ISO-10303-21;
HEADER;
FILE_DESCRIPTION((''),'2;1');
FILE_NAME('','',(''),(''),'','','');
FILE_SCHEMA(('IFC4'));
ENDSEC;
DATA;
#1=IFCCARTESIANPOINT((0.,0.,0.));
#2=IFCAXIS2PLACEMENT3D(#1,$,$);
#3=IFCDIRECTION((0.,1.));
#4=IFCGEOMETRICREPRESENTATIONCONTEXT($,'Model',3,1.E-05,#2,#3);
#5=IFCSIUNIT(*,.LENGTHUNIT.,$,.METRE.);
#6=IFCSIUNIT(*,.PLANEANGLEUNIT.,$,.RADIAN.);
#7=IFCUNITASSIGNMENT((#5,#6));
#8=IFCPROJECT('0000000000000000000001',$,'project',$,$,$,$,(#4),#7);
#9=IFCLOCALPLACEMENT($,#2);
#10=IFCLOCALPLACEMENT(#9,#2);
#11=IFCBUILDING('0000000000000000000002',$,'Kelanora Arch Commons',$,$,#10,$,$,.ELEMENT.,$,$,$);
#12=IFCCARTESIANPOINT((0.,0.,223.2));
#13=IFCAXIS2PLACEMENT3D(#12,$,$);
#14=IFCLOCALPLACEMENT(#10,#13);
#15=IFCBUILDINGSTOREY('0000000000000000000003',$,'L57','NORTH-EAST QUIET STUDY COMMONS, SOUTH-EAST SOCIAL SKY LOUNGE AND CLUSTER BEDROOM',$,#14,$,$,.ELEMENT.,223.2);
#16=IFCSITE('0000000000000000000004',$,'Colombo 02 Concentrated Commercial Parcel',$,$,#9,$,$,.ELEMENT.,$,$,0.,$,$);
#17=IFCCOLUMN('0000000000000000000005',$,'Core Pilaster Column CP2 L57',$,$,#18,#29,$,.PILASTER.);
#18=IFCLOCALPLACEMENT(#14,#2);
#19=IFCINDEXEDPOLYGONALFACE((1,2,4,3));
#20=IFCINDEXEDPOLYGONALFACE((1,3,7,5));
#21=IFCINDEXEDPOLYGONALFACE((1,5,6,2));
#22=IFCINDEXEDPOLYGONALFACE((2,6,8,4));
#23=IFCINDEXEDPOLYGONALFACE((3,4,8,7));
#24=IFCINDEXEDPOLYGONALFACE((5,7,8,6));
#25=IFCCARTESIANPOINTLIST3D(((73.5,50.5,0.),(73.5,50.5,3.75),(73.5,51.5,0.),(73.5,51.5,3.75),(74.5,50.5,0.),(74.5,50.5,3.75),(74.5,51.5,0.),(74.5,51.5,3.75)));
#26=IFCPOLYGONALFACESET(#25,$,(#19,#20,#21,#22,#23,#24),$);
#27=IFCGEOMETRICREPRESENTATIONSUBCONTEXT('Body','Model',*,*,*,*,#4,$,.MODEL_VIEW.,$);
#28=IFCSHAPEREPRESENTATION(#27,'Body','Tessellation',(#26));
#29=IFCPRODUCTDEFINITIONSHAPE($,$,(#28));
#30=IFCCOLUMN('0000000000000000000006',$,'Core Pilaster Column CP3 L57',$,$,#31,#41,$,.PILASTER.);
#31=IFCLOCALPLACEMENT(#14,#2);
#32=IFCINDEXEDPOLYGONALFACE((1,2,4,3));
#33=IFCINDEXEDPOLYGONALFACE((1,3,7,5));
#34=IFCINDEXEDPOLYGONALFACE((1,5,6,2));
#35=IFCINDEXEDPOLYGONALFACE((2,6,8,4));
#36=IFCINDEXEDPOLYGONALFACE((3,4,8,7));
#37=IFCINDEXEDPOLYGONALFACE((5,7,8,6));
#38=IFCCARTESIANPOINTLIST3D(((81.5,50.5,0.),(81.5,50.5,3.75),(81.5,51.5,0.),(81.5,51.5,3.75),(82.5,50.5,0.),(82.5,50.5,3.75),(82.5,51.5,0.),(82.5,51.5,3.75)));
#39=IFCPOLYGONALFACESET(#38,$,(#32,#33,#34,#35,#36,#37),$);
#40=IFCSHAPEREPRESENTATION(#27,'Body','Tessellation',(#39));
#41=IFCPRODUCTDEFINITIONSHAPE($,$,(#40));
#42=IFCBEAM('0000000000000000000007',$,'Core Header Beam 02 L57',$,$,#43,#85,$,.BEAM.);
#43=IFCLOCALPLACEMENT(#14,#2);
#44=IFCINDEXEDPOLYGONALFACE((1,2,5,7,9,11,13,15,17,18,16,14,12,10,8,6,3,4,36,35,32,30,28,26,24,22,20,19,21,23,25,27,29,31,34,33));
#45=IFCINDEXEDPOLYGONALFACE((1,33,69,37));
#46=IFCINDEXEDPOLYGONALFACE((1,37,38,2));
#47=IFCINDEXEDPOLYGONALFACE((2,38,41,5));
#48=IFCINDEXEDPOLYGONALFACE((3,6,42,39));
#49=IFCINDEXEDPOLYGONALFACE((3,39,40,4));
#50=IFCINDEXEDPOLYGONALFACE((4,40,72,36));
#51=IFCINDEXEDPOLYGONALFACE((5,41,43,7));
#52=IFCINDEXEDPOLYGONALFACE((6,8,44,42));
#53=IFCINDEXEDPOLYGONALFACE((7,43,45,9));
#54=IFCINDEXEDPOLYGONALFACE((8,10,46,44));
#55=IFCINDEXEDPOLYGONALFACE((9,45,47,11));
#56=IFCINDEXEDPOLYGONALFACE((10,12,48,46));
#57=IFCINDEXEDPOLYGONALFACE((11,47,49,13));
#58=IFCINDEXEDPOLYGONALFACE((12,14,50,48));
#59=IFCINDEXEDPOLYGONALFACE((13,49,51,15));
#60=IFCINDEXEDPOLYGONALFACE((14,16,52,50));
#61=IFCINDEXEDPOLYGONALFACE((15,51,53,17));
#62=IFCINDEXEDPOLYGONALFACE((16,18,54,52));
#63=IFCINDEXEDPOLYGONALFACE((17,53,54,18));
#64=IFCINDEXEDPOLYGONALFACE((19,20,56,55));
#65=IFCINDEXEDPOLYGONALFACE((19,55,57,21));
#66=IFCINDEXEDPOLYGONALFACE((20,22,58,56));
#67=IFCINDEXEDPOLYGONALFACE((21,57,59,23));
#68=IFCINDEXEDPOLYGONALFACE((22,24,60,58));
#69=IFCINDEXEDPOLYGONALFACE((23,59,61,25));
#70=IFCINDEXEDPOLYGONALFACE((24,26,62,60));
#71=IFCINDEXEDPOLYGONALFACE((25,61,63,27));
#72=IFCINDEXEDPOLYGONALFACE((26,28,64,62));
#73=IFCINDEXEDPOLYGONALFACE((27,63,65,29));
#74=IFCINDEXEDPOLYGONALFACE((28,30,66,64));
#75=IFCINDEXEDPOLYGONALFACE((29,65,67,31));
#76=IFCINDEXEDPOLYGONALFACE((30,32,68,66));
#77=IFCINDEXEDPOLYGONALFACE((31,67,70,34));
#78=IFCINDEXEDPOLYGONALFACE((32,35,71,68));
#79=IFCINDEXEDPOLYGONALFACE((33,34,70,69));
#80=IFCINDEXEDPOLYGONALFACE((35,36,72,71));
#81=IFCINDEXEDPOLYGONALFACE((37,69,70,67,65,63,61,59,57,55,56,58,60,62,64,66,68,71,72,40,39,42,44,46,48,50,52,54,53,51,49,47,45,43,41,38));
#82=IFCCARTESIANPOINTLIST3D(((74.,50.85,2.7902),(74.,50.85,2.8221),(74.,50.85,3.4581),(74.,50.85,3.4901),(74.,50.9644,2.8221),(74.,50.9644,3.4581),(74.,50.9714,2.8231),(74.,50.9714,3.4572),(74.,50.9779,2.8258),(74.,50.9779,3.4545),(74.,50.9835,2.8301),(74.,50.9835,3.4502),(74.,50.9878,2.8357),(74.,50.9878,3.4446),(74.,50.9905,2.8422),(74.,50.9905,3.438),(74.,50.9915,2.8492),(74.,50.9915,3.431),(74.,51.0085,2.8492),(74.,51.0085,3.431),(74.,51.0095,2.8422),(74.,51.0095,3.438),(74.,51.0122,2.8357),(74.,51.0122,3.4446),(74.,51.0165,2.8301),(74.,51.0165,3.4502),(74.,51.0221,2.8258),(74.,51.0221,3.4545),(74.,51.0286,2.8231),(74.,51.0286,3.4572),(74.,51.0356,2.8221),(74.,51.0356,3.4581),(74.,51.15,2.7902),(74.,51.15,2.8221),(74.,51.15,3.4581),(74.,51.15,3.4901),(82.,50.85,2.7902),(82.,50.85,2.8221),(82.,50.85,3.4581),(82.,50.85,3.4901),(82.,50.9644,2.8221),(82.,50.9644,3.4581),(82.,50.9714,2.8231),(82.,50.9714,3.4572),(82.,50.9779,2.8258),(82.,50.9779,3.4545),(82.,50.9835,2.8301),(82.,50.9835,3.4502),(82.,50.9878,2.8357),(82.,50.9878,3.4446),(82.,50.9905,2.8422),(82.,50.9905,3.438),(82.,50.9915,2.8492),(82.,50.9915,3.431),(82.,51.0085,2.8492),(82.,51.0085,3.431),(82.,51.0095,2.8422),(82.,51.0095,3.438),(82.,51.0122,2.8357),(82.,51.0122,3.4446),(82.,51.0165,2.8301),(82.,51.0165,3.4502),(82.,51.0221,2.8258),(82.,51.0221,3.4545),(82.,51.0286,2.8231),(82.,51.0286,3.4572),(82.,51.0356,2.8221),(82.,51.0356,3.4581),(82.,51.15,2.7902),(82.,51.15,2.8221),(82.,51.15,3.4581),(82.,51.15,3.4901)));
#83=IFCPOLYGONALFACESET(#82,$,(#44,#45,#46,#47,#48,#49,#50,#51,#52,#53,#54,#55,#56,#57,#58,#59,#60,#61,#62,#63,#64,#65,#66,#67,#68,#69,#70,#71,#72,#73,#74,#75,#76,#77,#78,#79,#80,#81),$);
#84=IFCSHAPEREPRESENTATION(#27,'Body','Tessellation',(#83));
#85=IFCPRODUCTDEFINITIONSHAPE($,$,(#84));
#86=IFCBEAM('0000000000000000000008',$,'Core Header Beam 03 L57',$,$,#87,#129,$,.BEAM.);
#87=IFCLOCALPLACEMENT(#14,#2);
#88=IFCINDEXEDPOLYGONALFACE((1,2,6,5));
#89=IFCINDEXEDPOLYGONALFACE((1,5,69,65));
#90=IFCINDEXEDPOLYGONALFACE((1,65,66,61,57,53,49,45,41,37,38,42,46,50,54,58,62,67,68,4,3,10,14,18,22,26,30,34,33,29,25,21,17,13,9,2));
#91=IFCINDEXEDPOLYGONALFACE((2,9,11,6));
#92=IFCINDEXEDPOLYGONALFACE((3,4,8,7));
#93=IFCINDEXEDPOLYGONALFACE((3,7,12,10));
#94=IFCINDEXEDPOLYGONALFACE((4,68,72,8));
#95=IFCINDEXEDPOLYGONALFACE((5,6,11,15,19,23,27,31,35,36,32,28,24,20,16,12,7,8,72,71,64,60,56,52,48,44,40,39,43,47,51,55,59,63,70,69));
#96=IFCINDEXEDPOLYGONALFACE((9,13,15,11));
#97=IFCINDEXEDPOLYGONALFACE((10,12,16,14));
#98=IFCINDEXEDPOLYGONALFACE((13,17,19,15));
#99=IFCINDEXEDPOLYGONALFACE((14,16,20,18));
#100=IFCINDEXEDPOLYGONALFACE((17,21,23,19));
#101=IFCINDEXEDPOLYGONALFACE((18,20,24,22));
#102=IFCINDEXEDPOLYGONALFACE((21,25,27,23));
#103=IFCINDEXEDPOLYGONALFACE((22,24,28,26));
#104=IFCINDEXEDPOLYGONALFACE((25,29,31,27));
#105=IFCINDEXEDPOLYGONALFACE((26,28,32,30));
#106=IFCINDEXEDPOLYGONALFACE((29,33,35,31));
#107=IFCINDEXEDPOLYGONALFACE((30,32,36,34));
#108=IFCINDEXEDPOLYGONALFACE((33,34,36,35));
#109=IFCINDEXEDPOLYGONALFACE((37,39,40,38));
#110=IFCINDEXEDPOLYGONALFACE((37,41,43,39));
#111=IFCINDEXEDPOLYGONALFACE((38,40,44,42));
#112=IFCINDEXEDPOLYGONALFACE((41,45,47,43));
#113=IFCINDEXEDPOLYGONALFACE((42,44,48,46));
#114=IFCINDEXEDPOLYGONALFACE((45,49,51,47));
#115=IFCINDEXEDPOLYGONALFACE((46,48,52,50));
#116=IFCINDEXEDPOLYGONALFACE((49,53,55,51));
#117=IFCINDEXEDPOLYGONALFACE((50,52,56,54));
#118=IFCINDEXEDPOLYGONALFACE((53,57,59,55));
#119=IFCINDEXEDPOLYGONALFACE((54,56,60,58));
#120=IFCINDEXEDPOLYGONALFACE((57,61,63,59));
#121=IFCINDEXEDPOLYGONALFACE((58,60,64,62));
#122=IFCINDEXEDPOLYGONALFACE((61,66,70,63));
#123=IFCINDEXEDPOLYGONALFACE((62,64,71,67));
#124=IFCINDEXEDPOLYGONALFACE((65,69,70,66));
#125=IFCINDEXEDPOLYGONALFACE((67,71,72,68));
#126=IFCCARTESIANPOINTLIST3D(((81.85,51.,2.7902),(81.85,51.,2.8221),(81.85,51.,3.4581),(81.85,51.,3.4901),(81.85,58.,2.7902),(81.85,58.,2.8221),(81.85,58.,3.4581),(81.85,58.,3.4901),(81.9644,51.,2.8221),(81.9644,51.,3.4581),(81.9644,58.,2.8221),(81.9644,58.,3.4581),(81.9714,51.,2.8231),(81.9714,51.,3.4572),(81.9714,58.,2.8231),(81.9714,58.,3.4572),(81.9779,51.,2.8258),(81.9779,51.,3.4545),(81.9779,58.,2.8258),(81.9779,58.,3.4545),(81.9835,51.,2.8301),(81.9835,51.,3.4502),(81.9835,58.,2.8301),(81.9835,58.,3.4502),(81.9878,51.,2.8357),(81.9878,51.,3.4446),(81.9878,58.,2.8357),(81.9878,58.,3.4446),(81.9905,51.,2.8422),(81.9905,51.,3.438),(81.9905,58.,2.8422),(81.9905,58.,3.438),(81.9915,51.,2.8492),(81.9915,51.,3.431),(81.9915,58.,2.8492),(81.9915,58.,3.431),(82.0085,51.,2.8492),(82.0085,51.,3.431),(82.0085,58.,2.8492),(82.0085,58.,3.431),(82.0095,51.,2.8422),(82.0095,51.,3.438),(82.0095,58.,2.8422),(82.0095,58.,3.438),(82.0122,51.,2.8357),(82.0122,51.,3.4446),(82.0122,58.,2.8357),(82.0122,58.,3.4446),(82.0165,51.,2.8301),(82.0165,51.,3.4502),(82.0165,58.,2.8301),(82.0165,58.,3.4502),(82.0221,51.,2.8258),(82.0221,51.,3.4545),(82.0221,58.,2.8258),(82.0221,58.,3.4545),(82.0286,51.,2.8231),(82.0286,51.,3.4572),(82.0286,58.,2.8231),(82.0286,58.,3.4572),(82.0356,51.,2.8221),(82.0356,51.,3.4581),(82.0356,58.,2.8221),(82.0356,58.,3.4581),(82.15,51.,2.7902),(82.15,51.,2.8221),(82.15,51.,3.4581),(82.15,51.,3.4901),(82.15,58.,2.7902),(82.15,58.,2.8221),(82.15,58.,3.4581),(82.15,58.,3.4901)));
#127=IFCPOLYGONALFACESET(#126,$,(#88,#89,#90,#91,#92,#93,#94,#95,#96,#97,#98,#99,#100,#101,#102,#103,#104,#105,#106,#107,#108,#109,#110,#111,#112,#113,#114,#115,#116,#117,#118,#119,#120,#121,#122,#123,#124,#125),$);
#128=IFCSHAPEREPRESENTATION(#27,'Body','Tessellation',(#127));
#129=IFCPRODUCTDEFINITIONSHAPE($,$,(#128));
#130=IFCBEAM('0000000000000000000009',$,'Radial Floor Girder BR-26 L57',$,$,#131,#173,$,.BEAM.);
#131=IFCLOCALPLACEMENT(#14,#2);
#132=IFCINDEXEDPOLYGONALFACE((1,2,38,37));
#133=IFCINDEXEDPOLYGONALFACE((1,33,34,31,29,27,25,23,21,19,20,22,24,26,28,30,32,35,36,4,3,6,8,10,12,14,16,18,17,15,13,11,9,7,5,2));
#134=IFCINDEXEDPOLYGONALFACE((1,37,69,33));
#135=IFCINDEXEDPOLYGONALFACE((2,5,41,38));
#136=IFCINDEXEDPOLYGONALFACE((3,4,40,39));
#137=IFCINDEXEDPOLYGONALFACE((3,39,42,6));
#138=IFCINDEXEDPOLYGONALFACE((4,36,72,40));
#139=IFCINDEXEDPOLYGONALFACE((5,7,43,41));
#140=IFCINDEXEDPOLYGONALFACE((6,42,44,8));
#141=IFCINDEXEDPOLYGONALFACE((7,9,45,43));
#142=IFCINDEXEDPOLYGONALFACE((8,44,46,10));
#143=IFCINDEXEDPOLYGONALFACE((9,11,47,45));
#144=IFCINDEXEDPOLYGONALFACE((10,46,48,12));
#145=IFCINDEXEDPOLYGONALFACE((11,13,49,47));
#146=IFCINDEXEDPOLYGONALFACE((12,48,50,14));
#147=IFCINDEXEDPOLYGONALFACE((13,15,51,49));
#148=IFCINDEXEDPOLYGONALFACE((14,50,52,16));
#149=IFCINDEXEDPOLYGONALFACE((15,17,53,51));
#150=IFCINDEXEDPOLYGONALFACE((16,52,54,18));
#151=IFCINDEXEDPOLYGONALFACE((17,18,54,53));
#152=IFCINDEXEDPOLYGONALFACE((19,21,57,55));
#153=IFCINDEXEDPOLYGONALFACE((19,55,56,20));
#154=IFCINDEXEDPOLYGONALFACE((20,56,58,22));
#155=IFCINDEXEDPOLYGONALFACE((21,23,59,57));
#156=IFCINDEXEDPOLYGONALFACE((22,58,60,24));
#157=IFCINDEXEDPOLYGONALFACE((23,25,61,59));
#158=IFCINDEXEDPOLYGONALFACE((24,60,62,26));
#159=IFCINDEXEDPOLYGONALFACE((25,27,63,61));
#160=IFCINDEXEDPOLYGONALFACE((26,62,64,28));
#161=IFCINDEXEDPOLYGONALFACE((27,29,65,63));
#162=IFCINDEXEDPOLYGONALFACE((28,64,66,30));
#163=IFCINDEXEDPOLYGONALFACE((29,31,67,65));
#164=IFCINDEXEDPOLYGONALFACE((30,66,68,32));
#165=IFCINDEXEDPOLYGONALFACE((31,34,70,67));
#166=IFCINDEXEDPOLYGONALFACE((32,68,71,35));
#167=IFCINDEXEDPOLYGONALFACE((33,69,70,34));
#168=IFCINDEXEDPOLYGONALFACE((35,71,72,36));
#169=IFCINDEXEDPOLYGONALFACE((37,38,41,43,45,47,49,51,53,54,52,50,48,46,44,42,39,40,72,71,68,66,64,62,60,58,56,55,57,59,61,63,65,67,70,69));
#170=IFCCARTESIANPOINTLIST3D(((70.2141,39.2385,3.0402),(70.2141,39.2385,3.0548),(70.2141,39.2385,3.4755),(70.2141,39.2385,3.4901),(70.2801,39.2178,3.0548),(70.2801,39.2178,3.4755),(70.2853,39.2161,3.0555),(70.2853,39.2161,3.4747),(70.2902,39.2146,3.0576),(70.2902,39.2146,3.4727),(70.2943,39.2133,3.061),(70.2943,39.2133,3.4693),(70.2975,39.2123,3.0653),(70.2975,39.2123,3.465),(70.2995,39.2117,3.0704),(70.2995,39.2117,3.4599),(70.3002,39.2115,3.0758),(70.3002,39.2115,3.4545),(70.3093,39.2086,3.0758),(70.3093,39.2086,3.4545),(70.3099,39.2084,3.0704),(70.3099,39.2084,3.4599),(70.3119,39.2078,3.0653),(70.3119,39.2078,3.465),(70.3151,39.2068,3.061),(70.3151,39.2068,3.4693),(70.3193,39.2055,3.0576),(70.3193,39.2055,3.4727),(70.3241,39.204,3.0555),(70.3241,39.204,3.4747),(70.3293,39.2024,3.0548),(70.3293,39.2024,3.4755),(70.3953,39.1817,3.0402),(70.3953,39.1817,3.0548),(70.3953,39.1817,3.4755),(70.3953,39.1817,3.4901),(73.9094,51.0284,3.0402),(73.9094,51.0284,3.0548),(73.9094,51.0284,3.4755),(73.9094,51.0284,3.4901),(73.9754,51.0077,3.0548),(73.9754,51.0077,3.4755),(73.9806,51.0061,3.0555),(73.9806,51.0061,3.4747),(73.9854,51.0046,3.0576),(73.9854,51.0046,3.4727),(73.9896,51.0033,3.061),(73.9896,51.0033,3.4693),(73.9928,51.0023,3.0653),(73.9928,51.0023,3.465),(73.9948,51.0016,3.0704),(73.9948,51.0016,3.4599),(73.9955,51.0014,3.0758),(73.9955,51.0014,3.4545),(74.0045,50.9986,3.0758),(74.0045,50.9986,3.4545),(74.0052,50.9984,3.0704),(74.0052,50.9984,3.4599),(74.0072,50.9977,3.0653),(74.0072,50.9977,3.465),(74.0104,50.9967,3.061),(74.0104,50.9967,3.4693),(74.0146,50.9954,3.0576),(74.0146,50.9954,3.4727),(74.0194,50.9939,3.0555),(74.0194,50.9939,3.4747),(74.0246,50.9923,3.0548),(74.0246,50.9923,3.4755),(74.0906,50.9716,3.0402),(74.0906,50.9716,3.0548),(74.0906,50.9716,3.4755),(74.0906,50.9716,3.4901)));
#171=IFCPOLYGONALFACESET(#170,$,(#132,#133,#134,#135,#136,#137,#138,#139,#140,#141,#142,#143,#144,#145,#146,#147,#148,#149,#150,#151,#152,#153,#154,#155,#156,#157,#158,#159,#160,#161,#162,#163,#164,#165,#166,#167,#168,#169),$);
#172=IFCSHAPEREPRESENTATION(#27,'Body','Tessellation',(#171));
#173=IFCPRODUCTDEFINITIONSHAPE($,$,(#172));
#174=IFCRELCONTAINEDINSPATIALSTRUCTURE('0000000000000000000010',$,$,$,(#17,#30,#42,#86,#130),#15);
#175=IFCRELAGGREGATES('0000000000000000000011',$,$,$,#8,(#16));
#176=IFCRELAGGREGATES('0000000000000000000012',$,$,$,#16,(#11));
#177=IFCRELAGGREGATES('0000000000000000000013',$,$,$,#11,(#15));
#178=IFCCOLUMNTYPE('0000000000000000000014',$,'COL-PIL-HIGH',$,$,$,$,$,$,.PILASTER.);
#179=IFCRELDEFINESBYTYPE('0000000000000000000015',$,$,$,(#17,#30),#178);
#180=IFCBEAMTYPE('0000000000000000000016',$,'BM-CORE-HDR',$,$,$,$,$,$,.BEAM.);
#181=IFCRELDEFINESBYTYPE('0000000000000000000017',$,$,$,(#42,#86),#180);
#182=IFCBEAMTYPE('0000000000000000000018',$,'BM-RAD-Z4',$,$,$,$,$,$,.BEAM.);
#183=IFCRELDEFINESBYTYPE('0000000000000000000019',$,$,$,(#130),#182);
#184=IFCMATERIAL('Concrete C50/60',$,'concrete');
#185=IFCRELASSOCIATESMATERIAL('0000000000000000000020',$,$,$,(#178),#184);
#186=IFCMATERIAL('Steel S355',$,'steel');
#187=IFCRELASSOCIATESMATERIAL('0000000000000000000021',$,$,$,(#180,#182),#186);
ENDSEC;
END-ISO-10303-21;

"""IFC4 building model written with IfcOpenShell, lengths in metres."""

from ifc_helpers import new_model, si_unit, direction, frame, origin, origin_2d, place, context, subcontext, project, spatial, rectangle, i_section, extrude, material, material_profile, profile_set, type_object, element, save


model = new_model("IFC4")

# Units and contexts
model_context = context("Model", 3, precision=1e-05, world=origin(), true_north=direction((0.0, 1.0)))
body_context = subcontext(model_context, "Body", "Model", "MODEL_VIEW")
ifc_project = project(units=[si_unit("LENGTHUNIT", "METRE"), si_unit("PLANEANGLEUNIT", "RADIAN")], contexts=[model_context])

# Site, building, storey
site_placement = place(None, origin())
site = spatial("IfcSite", under=ifc_project, at=site_placement, Name="Colombo 02 Concentrated Commercial Parcel", CompositionType="ELEMENT", RefElevation=0.0)
building_placement = place(site_placement, origin())
building = spatial("IfcBuilding", under=site, at=building_placement, Name="Kelanora Arch Commons", CompositionType="ELEMENT")
storey_placement = place(building_placement, frame((0.0, 0.0, 223.2)))
storey = spatial("IfcBuildingStorey", under=building, at=storey_placement, Name="L57", Description="NORTH-EAST QUIET STUDY COMMONS, SOUTH-EAST SOCIAL SKY LOUNGE AND CLUSTER BEDROOM", CompositionType="ELEMENT", Elevation=223.2)

# Columns
ifc_material_1 = material(Name="Concrete C50/60", Category="concrete")
ifc_material_profile_1 = material_profile(ifc_material_1, rectangle(XDim=1.0, YDim=1.0, at=origin_2d()), Name="RC1000x1000")
ifc_profile_set_1 = profile_set([ifc_material_profile_1], Name="Concrete C50/60")
column_type = type_object("IfcColumnType", Name="COL-PIL-HIGH", PredefinedType="PILASTER", material=ifc_profile_set_1)
for number, where, z_axis, x_axis, name in (
    (1, (74.0, 51.0, 0.0), (0.0, 0.0, 1.0), (1.0, 0.0, 0.0), "Core Pilaster Column CP2 L57"),
    (2, (82.0, 51.0, 0.0), (0.0, 0.0, 1.0), (1.0, 0.0, 0.0), "Core Pilaster Column CP3 L57"),
):
    element("IfcColumn", number, at=place(storey_placement, frame(where, z_axis=z_axis, x_axis=x_axis)), inside=storey, type_object=column_type, Name=name, PredefinedType="PILASTER", context=body_context, shape_type="SweptSolid", body=[
        extrude(rectangle(XDim=1.0, YDim=1.0, at=origin_2d()), origin(), (0.0, 0.0, 1.0), 3.75),
    ])

# Beams
ifc_material_2 = material(Name="Steel S355", Category="steel")
ifc_material_profile_2 = material_profile(ifc_material_2, i_section(OverallWidth=0.3, OverallDepth=0.7, WebThickness=0.0171, FlangeThickness=0.032, FilletRadius=0.0271, at=origin_2d()), Name="HEB700")
ifc_profile_set_2 = profile_set([ifc_material_profile_2], Name="Steel S355")
beam_type_1 = type_object("IfcBeamType", Name="BM-CORE-HDR", PredefinedType="BEAM", material=ifc_profile_set_2)
beam_1_placement = place(storey_placement, frame((74.0, 51.0, 3.1401), z_axis=(1.0, 0.0, 0.0), x_axis=(0.0, 1.0, 0.0)))
element("IfcBeam", 3, at=beam_1_placement, inside=storey, type_object=beam_type_1, Name="Core Header Beam 02 L57", PredefinedType="BEAM", context=body_context, shape_type="SweptSolid", body=[
    extrude(i_section(OverallWidth=0.3, OverallDepth=0.7, WebThickness=0.0171, FlangeThickness=0.032, FilletRadius=0.0271, at=origin_2d()), origin(), (0.0, 0.0, 1.0), 8.0),
])
beam_2_placement = place(storey_placement, frame((82.0, 51.0, 3.1401), z_axis=(0.0, 1.0, 0.0), x_axis=(-1.0, 0.0, 0.0)))
element("IfcBeam", 4, at=beam_2_placement, inside=storey, type_object=beam_type_1, Name="Core Header Beam 03 L57", PredefinedType="BEAM", context=body_context, shape_type="SweptSolid", body=[
    extrude(i_section(OverallWidth=0.3, OverallDepth=0.7, WebThickness=0.0171, FlangeThickness=0.032, FilletRadius=0.0271, at=origin_2d()), origin(), (0.0, 0.0, 1.0), 7.0),
])
ifc_material_profile_3 = material_profile(ifc_material_2, i_section(OverallWidth=0.1899, OverallDepth=0.45, WebThickness=0.0095, FlangeThickness=0.0146, FilletRadius=0.021, at=origin_2d()), Name="IPE450")
ifc_profile_set_3 = profile_set([ifc_material_profile_3], Name="Steel S355")
beam_type_2 = type_object("IfcBeamType", Name="BM-RAD-Z4", PredefinedType="BEAM", material=ifc_profile_set_3)
for number, where, z_axis, x_axis, name in (
    (5, (74.0, 51.0, 3.2651), (-0.29908, -0.954228, 0.0), (0.954228, -0.29908, 0.0), "Radial Floor Girder BR-26 L57"),
):
    element("IfcBeam", number, at=place(storey_placement, frame(where, z_axis=z_axis, x_axis=x_axis)), inside=storey, type_object=beam_type_2, Name=name, PredefinedType="BEAM", context=body_context, shape_type="SweptSolid", body=[
        extrude(i_section(OverallWidth=0.1899, OverallDepth=0.45, WebThickness=0.0095, FlangeThickness=0.0146, FilletRadius=0.021, at=origin_2d()), origin(), (0.0, 0.0, 1.0), 12.3555),
    ])

save(model, "model.ifc")
